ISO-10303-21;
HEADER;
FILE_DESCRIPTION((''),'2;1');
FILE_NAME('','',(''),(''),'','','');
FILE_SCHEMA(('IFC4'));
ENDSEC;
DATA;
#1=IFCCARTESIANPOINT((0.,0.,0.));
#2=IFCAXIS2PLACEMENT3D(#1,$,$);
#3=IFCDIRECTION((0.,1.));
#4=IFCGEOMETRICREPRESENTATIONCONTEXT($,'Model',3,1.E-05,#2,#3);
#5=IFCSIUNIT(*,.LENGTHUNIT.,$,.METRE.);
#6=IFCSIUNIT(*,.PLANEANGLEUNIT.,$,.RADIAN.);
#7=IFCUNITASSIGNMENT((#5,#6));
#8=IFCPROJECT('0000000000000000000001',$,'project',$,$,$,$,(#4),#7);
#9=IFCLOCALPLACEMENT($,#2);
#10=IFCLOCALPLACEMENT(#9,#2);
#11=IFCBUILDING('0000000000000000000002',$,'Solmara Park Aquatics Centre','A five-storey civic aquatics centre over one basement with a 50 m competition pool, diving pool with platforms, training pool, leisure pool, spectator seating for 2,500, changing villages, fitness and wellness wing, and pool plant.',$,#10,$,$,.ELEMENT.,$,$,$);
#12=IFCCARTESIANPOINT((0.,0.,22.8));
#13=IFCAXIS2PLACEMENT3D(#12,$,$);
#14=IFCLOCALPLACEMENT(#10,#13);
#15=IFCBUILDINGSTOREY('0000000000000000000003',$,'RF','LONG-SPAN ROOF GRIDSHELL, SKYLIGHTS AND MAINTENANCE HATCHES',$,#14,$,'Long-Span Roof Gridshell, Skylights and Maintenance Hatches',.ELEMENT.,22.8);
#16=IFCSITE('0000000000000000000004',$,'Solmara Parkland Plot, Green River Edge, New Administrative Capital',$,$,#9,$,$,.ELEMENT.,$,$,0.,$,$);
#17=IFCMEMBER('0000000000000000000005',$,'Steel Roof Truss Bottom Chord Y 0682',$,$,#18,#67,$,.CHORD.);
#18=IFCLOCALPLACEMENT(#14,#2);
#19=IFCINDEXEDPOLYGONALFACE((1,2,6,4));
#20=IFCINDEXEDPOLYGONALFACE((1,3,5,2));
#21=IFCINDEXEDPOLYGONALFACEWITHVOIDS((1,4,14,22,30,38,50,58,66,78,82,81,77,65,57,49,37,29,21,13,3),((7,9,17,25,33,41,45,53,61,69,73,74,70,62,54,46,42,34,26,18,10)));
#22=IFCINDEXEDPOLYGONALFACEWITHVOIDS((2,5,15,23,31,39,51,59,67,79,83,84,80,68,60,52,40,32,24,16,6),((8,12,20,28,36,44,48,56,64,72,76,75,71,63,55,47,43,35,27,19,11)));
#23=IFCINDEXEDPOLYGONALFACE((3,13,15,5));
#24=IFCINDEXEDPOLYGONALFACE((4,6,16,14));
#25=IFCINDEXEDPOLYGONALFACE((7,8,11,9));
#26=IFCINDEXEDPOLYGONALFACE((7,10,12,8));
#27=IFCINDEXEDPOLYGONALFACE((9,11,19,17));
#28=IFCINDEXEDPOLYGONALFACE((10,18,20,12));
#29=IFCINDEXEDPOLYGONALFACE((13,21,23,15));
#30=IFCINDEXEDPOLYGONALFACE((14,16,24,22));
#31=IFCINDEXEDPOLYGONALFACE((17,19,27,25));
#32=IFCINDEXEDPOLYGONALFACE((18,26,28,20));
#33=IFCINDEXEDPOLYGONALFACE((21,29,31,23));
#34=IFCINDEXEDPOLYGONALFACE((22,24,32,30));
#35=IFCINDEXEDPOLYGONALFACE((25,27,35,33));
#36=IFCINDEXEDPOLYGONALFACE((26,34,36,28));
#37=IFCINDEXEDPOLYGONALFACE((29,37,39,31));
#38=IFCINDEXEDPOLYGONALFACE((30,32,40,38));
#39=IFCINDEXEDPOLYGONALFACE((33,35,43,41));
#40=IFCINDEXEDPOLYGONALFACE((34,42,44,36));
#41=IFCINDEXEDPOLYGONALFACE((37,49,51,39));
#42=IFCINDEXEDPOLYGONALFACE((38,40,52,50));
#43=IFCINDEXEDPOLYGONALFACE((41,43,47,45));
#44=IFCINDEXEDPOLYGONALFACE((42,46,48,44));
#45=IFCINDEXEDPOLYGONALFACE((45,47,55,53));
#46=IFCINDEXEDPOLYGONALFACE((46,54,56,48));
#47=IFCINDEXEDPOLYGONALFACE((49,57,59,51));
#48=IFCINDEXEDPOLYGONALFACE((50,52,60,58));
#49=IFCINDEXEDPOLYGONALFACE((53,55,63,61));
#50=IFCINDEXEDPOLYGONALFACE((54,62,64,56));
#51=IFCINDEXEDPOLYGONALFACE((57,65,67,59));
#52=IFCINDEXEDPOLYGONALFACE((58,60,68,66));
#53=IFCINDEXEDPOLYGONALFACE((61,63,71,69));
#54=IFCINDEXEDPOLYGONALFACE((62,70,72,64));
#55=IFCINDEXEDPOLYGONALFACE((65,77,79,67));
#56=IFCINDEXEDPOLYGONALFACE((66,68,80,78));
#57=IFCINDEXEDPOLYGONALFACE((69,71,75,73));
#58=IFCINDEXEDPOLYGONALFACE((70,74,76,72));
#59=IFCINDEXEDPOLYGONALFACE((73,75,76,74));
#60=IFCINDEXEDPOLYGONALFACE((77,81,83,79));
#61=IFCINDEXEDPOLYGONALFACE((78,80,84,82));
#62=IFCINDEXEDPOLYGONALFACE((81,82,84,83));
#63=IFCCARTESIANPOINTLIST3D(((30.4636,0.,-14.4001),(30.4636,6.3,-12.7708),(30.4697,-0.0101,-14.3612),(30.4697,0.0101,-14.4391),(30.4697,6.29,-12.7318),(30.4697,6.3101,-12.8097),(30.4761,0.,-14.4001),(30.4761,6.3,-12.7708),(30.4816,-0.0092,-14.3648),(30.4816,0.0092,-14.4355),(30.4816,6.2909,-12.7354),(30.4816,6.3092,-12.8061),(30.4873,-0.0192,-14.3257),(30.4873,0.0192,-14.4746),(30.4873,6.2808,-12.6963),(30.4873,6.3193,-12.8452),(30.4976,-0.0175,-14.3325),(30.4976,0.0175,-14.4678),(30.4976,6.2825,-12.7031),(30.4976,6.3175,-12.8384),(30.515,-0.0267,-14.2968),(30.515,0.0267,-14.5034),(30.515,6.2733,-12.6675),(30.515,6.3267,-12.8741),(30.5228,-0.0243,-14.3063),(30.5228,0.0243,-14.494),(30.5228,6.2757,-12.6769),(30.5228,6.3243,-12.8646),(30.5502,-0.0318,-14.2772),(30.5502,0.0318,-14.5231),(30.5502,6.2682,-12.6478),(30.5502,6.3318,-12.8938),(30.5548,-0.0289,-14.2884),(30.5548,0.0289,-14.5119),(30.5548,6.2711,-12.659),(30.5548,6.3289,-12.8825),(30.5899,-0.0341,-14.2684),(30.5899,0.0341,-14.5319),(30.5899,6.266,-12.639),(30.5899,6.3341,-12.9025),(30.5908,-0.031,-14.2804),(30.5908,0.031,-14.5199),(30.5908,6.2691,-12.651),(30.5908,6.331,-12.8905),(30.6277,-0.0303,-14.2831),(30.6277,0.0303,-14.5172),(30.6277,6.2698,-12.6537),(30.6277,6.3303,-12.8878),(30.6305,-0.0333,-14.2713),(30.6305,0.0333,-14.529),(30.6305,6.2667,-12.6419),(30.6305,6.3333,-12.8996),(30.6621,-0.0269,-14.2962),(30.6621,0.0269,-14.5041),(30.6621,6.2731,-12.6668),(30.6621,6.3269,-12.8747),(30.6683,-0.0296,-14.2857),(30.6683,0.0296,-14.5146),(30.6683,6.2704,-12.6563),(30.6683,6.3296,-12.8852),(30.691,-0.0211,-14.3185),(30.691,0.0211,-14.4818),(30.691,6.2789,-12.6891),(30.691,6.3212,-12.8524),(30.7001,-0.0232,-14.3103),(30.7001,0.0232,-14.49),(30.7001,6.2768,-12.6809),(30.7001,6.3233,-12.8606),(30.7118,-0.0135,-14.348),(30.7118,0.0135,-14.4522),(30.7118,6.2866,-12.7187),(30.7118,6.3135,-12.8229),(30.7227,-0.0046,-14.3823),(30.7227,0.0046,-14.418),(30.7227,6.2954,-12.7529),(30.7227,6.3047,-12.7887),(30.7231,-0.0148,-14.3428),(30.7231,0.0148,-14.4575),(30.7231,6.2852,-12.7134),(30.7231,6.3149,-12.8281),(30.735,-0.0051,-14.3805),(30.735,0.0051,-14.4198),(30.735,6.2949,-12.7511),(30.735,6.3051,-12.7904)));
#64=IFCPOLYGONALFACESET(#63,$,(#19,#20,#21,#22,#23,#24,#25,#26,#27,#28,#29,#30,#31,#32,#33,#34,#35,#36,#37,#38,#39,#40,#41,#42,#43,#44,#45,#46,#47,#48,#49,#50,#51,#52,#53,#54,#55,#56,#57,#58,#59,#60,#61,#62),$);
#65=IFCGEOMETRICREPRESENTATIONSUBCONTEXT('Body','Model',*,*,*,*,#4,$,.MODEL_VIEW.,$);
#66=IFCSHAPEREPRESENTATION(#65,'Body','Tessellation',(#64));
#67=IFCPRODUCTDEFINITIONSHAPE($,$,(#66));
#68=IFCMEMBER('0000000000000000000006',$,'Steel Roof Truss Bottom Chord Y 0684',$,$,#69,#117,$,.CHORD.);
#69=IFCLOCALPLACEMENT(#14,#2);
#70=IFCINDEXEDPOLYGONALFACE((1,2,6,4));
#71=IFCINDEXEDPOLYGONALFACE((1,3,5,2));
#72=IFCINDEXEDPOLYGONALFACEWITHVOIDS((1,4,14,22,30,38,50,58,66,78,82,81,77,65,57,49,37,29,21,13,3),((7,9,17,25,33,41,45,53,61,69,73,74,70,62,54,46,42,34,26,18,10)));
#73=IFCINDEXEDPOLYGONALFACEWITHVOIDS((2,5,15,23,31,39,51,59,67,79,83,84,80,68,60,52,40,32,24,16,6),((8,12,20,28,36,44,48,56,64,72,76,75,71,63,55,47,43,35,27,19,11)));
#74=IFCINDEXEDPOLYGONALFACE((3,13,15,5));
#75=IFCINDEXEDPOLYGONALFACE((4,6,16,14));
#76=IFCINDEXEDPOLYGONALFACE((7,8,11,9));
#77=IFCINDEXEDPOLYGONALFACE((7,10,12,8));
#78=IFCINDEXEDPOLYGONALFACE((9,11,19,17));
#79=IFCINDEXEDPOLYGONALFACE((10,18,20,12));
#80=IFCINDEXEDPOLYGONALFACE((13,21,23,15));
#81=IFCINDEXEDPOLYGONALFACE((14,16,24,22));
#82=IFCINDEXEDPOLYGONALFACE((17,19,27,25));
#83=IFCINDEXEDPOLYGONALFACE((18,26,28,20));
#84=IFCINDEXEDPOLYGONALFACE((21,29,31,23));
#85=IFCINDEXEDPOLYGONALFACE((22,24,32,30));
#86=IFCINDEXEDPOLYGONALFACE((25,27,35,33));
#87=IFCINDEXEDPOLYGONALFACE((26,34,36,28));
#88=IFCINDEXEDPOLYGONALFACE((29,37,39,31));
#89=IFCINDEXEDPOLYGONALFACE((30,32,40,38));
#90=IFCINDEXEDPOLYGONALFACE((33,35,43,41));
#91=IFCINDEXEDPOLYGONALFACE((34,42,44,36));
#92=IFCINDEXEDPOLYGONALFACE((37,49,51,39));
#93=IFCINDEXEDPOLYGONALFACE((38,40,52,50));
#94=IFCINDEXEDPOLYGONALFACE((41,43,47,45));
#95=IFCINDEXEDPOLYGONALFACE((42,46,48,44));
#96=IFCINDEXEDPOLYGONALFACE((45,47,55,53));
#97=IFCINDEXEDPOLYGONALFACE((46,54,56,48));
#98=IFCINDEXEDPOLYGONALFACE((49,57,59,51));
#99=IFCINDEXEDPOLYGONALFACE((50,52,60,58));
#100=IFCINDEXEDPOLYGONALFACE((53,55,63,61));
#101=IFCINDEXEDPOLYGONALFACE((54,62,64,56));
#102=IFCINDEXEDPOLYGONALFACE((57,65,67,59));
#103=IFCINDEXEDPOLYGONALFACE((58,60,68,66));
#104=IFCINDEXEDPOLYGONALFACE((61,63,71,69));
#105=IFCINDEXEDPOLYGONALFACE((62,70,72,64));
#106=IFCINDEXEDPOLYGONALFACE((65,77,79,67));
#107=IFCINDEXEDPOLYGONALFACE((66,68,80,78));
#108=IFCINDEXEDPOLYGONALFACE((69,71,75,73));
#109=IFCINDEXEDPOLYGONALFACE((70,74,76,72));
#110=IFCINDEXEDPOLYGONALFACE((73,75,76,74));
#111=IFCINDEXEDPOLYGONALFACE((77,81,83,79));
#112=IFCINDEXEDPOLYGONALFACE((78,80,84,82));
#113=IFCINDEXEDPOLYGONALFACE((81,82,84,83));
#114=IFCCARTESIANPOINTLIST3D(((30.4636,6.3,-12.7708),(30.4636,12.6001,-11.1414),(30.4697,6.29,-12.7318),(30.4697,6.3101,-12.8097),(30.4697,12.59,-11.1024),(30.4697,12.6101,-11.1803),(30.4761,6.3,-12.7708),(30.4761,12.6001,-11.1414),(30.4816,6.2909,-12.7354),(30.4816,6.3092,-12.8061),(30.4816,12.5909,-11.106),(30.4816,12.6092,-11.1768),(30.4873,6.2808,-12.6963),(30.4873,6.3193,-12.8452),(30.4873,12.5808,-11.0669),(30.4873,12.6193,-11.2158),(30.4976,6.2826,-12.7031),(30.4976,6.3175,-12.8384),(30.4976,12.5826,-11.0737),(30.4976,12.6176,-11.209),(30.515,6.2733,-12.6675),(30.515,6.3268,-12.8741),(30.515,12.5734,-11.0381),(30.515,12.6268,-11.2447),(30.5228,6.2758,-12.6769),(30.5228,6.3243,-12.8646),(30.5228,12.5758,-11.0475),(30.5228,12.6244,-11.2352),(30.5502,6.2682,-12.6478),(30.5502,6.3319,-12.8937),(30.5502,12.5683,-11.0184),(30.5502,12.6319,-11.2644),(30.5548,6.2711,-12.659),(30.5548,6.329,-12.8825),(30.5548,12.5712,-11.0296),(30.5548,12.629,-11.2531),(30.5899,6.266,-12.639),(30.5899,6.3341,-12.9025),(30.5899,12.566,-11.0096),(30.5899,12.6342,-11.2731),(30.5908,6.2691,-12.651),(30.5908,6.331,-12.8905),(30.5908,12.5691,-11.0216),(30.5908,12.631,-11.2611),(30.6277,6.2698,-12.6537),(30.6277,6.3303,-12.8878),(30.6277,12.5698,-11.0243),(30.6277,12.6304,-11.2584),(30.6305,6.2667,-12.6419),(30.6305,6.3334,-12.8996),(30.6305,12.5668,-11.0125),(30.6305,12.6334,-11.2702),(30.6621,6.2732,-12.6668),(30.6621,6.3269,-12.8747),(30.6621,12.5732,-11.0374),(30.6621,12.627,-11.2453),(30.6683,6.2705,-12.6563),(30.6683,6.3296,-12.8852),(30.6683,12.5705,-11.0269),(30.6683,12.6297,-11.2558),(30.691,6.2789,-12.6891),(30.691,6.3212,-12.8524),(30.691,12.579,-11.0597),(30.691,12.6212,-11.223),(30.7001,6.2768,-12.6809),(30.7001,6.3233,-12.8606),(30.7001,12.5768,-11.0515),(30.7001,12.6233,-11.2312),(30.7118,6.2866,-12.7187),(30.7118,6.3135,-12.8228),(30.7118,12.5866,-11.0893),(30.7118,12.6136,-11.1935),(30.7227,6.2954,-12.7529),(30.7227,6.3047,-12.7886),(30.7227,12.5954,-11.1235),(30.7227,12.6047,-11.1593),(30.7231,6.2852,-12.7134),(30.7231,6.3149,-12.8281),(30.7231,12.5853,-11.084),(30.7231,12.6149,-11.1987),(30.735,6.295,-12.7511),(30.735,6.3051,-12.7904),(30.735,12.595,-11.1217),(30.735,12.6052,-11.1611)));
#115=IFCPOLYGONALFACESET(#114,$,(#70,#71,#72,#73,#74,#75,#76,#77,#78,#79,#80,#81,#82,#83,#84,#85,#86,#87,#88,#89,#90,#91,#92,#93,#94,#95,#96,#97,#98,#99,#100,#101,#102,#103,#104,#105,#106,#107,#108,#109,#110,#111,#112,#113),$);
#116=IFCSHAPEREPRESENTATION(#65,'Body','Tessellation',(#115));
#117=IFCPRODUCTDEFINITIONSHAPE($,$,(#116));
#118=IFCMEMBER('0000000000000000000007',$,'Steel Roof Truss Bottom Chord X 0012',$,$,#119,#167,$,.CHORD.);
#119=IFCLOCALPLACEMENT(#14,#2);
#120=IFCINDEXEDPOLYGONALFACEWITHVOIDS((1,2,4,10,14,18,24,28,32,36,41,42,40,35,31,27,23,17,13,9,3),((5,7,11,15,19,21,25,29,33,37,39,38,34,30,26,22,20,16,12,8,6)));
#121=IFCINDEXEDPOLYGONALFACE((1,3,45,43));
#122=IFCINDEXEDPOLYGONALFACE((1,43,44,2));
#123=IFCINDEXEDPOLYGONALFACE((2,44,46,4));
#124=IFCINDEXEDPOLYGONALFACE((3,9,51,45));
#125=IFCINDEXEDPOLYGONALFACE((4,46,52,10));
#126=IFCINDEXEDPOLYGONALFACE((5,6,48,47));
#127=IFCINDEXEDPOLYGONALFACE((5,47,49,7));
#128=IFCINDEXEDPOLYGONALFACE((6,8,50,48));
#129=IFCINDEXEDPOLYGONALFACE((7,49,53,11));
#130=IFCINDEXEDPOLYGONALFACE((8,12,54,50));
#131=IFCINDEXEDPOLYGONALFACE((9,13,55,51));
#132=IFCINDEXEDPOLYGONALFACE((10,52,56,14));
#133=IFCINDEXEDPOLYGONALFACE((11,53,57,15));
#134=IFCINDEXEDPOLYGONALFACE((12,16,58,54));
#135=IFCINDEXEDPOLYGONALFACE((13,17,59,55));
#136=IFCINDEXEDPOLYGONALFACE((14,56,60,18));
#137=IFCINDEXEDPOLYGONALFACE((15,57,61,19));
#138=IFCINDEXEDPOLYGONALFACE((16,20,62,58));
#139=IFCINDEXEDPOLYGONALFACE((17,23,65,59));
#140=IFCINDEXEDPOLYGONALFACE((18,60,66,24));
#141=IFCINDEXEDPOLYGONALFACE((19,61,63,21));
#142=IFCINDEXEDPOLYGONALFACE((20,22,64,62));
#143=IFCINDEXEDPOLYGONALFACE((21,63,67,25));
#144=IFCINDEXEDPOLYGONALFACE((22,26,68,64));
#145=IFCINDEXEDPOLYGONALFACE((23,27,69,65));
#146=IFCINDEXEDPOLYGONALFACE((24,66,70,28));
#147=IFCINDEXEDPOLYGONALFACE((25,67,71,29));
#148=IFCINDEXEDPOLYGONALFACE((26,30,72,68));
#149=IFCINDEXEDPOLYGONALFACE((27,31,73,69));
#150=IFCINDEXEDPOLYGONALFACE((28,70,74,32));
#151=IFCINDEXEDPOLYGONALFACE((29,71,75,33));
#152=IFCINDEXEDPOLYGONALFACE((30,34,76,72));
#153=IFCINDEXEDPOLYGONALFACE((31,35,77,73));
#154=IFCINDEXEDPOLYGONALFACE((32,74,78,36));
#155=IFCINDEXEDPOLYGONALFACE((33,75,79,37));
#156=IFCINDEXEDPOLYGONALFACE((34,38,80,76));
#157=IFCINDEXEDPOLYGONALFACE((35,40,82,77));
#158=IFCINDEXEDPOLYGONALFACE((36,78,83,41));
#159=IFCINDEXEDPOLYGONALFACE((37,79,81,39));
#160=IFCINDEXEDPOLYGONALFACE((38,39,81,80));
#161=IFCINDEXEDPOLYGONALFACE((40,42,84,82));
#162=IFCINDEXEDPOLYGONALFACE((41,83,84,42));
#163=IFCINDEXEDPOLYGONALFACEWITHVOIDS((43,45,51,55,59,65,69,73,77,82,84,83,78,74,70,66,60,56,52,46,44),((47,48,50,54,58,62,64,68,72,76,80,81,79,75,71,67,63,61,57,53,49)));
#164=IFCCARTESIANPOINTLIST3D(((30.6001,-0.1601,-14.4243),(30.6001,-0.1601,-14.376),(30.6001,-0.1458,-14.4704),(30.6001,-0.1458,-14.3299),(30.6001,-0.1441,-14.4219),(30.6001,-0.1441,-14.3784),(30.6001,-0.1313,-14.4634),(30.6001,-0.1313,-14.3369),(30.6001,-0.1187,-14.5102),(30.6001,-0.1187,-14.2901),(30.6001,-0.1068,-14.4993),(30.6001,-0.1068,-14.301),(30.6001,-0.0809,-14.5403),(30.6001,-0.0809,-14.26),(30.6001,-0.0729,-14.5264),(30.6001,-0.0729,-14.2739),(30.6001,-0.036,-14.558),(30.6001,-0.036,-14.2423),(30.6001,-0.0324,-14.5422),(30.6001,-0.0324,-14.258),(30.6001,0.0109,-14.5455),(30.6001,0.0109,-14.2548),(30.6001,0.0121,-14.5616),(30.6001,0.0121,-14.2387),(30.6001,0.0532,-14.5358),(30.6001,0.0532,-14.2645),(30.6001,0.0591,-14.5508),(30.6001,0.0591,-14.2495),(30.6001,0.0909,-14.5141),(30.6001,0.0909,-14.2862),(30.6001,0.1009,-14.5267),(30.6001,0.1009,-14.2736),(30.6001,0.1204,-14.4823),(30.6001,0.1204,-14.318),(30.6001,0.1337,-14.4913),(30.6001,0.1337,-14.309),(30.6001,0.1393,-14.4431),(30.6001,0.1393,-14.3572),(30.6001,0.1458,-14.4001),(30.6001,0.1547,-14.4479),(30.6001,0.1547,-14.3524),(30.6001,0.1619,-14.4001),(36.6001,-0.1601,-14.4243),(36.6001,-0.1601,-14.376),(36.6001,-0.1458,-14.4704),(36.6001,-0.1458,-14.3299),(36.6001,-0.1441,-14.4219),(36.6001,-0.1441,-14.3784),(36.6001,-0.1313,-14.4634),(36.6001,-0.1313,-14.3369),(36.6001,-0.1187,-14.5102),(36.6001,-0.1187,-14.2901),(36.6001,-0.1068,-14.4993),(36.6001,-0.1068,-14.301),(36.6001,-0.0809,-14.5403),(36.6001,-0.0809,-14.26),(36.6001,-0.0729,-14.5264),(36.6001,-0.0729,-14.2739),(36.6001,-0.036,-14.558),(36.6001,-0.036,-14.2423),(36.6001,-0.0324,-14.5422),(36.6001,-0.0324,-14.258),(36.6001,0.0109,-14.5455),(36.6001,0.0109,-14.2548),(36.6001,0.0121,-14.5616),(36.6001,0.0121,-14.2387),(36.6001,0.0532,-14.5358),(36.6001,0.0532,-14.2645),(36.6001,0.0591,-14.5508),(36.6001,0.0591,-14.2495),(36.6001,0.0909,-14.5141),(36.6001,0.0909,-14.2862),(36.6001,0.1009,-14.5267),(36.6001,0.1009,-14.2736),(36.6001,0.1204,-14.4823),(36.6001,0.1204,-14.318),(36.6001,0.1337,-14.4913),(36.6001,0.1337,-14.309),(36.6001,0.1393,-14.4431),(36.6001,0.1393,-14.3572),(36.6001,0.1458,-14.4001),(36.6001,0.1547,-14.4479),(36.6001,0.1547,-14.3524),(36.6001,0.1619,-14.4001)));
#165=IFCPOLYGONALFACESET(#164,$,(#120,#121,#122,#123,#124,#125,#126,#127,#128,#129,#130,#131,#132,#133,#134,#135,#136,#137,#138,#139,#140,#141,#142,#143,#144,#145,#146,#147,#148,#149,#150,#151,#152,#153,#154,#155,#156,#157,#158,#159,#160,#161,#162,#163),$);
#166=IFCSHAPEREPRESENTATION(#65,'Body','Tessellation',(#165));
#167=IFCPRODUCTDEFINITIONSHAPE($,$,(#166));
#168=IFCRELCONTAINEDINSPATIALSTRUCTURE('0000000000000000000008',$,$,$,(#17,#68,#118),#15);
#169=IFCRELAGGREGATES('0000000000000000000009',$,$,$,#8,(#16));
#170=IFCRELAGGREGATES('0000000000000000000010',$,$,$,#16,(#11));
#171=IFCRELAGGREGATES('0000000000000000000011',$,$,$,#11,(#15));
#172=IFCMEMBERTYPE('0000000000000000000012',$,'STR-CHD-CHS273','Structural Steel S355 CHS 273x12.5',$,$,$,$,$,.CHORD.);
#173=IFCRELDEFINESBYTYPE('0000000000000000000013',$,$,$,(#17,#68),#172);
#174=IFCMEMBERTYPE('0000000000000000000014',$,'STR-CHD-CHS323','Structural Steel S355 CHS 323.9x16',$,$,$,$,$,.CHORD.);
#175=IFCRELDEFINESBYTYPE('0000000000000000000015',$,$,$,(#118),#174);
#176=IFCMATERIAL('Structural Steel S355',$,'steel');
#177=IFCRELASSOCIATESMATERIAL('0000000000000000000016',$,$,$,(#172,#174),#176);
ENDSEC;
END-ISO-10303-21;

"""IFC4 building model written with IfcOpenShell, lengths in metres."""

from ifc_helpers import new_model, si_unit, direction, frame, origin, origin_2d, place, context, subcontext, project, spatial, hollow_circle, extrude, material, material_profile, profile_set, type_object, element, save


model = new_model("IFC4")

# Units and contexts
model_context = context("Model", 3, precision=1e-05, world=origin(), true_north=direction((0.0, 1.0)))
body_context = subcontext(model_context, "Body", "Model", "MODEL_VIEW")
ifc_project = project(units=[si_unit("LENGTHUNIT", "METRE"), si_unit("PLANEANGLEUNIT", "RADIAN")], contexts=[model_context])

# Site, building, storey
site_placement = place(None, origin())
site = spatial("IfcSite", under=ifc_project, at=site_placement, Name="Solmara Parkland Plot, Green River Edge, New Administrative Capital", CompositionType="ELEMENT", RefElevation=0.0)
building_placement = place(site_placement, origin())
building = spatial("IfcBuilding", under=site, at=building_placement, Name="Solmara Park Aquatics Centre", Description="A five-storey civic aquatics centre over one basement with a 50 m competition pool, diving pool with platforms, training pool, leisure pool, spectator seating for 2,500, changing villages, fitness and wellness wing, and pool plant.", CompositionType="ELEMENT")
storey_placement = place(building_placement, frame((0.0, 0.0, 22.8)))
storey = spatial("IfcBuildingStorey", under=building, at=storey_placement, Name="RF", Description="LONG-SPAN ROOF GRIDSHELL, SKYLIGHTS AND MAINTENANCE HATCHES", LongName="Long-Span Roof Gridshell, Skylights and Maintenance Hatches", CompositionType="ELEMENT", Elevation=22.8)

# Members
ifc_material_1 = material(Name="Structural Steel S355", Category="steel")
ifc_material_profile_1 = material_profile(ifc_material_1, hollow_circle(Radius=0.1365, WallThickness=0.0125, at=origin_2d()), Name="CHS 273x12.5")
ifc_profile_set_1 = profile_set([ifc_material_profile_1], Name="Structural Steel S355")
member_type_1 = type_object("IfcMemberType", Name="STR-CHD-CHS273", Description="Structural Steel S355 CHS 273x12.5", PredefinedType="CHORD", material=ifc_profile_set_1)
for number, where, z_axis, x_axis, name in (
    (1, (30.6001, 0.0, -14.4001), (0.0, 0.968144, 0.250393), (-1.0, 0.0, 0.0), "Steel Roof Truss Bottom Chord Y 0682"),
    (2, (30.6001, 6.3, -12.7708), (0.0, 0.968144, 0.250393), (-1.0, 0.0, 0.0), "Steel Roof Truss Bottom Chord Y 0684"),
):
    element("IfcMember", number, at=place(storey_placement, frame(where, z_axis=z_axis, x_axis=x_axis)), inside=storey, type_object=member_type_1, Name=name, PredefinedType="CHORD", context=body_context, shape_type="SweptSolid", body=[
        extrude(hollow_circle(Radius=0.1365, WallThickness=0.0125, at=origin_2d()), origin(), (0.0, 0.0, 1.0), 6.5073),
    ])
ifc_material_profile_2 = material_profile(ifc_material_1, hollow_circle(Radius=0.1619, WallThickness=0.0161, at=origin_2d()), Name="CHS 323.9x16")
ifc_profile_set_2 = profile_set([ifc_material_profile_2], Name="Structural Steel S355")
member_type_2 = type_object("IfcMemberType", Name="STR-CHD-CHS323", Description="Structural Steel S355 CHS 323.9x16", PredefinedType="CHORD", material=ifc_profile_set_2)
for number, where, z_axis, x_axis, name in (
    (3, (30.6001, 0.0, -14.4001), (1.0, 0.0, 0.0), (0.0, 1.0, 0.0), "Steel Roof Truss Bottom Chord X 0012"),
):
    element("IfcMember", number, at=place(storey_placement, frame(where, z_axis=z_axis, x_axis=x_axis)), inside=storey, type_object=member_type_2, Name=name, PredefinedType="CHORD", context=body_context, shape_type="SweptSolid", body=[
        extrude(hollow_circle(Radius=0.1619, WallThickness=0.0161, at=origin_2d()), origin(), (0.0, 0.0, 1.0), 6.0),
    ])

save(model, "model.ifc")
